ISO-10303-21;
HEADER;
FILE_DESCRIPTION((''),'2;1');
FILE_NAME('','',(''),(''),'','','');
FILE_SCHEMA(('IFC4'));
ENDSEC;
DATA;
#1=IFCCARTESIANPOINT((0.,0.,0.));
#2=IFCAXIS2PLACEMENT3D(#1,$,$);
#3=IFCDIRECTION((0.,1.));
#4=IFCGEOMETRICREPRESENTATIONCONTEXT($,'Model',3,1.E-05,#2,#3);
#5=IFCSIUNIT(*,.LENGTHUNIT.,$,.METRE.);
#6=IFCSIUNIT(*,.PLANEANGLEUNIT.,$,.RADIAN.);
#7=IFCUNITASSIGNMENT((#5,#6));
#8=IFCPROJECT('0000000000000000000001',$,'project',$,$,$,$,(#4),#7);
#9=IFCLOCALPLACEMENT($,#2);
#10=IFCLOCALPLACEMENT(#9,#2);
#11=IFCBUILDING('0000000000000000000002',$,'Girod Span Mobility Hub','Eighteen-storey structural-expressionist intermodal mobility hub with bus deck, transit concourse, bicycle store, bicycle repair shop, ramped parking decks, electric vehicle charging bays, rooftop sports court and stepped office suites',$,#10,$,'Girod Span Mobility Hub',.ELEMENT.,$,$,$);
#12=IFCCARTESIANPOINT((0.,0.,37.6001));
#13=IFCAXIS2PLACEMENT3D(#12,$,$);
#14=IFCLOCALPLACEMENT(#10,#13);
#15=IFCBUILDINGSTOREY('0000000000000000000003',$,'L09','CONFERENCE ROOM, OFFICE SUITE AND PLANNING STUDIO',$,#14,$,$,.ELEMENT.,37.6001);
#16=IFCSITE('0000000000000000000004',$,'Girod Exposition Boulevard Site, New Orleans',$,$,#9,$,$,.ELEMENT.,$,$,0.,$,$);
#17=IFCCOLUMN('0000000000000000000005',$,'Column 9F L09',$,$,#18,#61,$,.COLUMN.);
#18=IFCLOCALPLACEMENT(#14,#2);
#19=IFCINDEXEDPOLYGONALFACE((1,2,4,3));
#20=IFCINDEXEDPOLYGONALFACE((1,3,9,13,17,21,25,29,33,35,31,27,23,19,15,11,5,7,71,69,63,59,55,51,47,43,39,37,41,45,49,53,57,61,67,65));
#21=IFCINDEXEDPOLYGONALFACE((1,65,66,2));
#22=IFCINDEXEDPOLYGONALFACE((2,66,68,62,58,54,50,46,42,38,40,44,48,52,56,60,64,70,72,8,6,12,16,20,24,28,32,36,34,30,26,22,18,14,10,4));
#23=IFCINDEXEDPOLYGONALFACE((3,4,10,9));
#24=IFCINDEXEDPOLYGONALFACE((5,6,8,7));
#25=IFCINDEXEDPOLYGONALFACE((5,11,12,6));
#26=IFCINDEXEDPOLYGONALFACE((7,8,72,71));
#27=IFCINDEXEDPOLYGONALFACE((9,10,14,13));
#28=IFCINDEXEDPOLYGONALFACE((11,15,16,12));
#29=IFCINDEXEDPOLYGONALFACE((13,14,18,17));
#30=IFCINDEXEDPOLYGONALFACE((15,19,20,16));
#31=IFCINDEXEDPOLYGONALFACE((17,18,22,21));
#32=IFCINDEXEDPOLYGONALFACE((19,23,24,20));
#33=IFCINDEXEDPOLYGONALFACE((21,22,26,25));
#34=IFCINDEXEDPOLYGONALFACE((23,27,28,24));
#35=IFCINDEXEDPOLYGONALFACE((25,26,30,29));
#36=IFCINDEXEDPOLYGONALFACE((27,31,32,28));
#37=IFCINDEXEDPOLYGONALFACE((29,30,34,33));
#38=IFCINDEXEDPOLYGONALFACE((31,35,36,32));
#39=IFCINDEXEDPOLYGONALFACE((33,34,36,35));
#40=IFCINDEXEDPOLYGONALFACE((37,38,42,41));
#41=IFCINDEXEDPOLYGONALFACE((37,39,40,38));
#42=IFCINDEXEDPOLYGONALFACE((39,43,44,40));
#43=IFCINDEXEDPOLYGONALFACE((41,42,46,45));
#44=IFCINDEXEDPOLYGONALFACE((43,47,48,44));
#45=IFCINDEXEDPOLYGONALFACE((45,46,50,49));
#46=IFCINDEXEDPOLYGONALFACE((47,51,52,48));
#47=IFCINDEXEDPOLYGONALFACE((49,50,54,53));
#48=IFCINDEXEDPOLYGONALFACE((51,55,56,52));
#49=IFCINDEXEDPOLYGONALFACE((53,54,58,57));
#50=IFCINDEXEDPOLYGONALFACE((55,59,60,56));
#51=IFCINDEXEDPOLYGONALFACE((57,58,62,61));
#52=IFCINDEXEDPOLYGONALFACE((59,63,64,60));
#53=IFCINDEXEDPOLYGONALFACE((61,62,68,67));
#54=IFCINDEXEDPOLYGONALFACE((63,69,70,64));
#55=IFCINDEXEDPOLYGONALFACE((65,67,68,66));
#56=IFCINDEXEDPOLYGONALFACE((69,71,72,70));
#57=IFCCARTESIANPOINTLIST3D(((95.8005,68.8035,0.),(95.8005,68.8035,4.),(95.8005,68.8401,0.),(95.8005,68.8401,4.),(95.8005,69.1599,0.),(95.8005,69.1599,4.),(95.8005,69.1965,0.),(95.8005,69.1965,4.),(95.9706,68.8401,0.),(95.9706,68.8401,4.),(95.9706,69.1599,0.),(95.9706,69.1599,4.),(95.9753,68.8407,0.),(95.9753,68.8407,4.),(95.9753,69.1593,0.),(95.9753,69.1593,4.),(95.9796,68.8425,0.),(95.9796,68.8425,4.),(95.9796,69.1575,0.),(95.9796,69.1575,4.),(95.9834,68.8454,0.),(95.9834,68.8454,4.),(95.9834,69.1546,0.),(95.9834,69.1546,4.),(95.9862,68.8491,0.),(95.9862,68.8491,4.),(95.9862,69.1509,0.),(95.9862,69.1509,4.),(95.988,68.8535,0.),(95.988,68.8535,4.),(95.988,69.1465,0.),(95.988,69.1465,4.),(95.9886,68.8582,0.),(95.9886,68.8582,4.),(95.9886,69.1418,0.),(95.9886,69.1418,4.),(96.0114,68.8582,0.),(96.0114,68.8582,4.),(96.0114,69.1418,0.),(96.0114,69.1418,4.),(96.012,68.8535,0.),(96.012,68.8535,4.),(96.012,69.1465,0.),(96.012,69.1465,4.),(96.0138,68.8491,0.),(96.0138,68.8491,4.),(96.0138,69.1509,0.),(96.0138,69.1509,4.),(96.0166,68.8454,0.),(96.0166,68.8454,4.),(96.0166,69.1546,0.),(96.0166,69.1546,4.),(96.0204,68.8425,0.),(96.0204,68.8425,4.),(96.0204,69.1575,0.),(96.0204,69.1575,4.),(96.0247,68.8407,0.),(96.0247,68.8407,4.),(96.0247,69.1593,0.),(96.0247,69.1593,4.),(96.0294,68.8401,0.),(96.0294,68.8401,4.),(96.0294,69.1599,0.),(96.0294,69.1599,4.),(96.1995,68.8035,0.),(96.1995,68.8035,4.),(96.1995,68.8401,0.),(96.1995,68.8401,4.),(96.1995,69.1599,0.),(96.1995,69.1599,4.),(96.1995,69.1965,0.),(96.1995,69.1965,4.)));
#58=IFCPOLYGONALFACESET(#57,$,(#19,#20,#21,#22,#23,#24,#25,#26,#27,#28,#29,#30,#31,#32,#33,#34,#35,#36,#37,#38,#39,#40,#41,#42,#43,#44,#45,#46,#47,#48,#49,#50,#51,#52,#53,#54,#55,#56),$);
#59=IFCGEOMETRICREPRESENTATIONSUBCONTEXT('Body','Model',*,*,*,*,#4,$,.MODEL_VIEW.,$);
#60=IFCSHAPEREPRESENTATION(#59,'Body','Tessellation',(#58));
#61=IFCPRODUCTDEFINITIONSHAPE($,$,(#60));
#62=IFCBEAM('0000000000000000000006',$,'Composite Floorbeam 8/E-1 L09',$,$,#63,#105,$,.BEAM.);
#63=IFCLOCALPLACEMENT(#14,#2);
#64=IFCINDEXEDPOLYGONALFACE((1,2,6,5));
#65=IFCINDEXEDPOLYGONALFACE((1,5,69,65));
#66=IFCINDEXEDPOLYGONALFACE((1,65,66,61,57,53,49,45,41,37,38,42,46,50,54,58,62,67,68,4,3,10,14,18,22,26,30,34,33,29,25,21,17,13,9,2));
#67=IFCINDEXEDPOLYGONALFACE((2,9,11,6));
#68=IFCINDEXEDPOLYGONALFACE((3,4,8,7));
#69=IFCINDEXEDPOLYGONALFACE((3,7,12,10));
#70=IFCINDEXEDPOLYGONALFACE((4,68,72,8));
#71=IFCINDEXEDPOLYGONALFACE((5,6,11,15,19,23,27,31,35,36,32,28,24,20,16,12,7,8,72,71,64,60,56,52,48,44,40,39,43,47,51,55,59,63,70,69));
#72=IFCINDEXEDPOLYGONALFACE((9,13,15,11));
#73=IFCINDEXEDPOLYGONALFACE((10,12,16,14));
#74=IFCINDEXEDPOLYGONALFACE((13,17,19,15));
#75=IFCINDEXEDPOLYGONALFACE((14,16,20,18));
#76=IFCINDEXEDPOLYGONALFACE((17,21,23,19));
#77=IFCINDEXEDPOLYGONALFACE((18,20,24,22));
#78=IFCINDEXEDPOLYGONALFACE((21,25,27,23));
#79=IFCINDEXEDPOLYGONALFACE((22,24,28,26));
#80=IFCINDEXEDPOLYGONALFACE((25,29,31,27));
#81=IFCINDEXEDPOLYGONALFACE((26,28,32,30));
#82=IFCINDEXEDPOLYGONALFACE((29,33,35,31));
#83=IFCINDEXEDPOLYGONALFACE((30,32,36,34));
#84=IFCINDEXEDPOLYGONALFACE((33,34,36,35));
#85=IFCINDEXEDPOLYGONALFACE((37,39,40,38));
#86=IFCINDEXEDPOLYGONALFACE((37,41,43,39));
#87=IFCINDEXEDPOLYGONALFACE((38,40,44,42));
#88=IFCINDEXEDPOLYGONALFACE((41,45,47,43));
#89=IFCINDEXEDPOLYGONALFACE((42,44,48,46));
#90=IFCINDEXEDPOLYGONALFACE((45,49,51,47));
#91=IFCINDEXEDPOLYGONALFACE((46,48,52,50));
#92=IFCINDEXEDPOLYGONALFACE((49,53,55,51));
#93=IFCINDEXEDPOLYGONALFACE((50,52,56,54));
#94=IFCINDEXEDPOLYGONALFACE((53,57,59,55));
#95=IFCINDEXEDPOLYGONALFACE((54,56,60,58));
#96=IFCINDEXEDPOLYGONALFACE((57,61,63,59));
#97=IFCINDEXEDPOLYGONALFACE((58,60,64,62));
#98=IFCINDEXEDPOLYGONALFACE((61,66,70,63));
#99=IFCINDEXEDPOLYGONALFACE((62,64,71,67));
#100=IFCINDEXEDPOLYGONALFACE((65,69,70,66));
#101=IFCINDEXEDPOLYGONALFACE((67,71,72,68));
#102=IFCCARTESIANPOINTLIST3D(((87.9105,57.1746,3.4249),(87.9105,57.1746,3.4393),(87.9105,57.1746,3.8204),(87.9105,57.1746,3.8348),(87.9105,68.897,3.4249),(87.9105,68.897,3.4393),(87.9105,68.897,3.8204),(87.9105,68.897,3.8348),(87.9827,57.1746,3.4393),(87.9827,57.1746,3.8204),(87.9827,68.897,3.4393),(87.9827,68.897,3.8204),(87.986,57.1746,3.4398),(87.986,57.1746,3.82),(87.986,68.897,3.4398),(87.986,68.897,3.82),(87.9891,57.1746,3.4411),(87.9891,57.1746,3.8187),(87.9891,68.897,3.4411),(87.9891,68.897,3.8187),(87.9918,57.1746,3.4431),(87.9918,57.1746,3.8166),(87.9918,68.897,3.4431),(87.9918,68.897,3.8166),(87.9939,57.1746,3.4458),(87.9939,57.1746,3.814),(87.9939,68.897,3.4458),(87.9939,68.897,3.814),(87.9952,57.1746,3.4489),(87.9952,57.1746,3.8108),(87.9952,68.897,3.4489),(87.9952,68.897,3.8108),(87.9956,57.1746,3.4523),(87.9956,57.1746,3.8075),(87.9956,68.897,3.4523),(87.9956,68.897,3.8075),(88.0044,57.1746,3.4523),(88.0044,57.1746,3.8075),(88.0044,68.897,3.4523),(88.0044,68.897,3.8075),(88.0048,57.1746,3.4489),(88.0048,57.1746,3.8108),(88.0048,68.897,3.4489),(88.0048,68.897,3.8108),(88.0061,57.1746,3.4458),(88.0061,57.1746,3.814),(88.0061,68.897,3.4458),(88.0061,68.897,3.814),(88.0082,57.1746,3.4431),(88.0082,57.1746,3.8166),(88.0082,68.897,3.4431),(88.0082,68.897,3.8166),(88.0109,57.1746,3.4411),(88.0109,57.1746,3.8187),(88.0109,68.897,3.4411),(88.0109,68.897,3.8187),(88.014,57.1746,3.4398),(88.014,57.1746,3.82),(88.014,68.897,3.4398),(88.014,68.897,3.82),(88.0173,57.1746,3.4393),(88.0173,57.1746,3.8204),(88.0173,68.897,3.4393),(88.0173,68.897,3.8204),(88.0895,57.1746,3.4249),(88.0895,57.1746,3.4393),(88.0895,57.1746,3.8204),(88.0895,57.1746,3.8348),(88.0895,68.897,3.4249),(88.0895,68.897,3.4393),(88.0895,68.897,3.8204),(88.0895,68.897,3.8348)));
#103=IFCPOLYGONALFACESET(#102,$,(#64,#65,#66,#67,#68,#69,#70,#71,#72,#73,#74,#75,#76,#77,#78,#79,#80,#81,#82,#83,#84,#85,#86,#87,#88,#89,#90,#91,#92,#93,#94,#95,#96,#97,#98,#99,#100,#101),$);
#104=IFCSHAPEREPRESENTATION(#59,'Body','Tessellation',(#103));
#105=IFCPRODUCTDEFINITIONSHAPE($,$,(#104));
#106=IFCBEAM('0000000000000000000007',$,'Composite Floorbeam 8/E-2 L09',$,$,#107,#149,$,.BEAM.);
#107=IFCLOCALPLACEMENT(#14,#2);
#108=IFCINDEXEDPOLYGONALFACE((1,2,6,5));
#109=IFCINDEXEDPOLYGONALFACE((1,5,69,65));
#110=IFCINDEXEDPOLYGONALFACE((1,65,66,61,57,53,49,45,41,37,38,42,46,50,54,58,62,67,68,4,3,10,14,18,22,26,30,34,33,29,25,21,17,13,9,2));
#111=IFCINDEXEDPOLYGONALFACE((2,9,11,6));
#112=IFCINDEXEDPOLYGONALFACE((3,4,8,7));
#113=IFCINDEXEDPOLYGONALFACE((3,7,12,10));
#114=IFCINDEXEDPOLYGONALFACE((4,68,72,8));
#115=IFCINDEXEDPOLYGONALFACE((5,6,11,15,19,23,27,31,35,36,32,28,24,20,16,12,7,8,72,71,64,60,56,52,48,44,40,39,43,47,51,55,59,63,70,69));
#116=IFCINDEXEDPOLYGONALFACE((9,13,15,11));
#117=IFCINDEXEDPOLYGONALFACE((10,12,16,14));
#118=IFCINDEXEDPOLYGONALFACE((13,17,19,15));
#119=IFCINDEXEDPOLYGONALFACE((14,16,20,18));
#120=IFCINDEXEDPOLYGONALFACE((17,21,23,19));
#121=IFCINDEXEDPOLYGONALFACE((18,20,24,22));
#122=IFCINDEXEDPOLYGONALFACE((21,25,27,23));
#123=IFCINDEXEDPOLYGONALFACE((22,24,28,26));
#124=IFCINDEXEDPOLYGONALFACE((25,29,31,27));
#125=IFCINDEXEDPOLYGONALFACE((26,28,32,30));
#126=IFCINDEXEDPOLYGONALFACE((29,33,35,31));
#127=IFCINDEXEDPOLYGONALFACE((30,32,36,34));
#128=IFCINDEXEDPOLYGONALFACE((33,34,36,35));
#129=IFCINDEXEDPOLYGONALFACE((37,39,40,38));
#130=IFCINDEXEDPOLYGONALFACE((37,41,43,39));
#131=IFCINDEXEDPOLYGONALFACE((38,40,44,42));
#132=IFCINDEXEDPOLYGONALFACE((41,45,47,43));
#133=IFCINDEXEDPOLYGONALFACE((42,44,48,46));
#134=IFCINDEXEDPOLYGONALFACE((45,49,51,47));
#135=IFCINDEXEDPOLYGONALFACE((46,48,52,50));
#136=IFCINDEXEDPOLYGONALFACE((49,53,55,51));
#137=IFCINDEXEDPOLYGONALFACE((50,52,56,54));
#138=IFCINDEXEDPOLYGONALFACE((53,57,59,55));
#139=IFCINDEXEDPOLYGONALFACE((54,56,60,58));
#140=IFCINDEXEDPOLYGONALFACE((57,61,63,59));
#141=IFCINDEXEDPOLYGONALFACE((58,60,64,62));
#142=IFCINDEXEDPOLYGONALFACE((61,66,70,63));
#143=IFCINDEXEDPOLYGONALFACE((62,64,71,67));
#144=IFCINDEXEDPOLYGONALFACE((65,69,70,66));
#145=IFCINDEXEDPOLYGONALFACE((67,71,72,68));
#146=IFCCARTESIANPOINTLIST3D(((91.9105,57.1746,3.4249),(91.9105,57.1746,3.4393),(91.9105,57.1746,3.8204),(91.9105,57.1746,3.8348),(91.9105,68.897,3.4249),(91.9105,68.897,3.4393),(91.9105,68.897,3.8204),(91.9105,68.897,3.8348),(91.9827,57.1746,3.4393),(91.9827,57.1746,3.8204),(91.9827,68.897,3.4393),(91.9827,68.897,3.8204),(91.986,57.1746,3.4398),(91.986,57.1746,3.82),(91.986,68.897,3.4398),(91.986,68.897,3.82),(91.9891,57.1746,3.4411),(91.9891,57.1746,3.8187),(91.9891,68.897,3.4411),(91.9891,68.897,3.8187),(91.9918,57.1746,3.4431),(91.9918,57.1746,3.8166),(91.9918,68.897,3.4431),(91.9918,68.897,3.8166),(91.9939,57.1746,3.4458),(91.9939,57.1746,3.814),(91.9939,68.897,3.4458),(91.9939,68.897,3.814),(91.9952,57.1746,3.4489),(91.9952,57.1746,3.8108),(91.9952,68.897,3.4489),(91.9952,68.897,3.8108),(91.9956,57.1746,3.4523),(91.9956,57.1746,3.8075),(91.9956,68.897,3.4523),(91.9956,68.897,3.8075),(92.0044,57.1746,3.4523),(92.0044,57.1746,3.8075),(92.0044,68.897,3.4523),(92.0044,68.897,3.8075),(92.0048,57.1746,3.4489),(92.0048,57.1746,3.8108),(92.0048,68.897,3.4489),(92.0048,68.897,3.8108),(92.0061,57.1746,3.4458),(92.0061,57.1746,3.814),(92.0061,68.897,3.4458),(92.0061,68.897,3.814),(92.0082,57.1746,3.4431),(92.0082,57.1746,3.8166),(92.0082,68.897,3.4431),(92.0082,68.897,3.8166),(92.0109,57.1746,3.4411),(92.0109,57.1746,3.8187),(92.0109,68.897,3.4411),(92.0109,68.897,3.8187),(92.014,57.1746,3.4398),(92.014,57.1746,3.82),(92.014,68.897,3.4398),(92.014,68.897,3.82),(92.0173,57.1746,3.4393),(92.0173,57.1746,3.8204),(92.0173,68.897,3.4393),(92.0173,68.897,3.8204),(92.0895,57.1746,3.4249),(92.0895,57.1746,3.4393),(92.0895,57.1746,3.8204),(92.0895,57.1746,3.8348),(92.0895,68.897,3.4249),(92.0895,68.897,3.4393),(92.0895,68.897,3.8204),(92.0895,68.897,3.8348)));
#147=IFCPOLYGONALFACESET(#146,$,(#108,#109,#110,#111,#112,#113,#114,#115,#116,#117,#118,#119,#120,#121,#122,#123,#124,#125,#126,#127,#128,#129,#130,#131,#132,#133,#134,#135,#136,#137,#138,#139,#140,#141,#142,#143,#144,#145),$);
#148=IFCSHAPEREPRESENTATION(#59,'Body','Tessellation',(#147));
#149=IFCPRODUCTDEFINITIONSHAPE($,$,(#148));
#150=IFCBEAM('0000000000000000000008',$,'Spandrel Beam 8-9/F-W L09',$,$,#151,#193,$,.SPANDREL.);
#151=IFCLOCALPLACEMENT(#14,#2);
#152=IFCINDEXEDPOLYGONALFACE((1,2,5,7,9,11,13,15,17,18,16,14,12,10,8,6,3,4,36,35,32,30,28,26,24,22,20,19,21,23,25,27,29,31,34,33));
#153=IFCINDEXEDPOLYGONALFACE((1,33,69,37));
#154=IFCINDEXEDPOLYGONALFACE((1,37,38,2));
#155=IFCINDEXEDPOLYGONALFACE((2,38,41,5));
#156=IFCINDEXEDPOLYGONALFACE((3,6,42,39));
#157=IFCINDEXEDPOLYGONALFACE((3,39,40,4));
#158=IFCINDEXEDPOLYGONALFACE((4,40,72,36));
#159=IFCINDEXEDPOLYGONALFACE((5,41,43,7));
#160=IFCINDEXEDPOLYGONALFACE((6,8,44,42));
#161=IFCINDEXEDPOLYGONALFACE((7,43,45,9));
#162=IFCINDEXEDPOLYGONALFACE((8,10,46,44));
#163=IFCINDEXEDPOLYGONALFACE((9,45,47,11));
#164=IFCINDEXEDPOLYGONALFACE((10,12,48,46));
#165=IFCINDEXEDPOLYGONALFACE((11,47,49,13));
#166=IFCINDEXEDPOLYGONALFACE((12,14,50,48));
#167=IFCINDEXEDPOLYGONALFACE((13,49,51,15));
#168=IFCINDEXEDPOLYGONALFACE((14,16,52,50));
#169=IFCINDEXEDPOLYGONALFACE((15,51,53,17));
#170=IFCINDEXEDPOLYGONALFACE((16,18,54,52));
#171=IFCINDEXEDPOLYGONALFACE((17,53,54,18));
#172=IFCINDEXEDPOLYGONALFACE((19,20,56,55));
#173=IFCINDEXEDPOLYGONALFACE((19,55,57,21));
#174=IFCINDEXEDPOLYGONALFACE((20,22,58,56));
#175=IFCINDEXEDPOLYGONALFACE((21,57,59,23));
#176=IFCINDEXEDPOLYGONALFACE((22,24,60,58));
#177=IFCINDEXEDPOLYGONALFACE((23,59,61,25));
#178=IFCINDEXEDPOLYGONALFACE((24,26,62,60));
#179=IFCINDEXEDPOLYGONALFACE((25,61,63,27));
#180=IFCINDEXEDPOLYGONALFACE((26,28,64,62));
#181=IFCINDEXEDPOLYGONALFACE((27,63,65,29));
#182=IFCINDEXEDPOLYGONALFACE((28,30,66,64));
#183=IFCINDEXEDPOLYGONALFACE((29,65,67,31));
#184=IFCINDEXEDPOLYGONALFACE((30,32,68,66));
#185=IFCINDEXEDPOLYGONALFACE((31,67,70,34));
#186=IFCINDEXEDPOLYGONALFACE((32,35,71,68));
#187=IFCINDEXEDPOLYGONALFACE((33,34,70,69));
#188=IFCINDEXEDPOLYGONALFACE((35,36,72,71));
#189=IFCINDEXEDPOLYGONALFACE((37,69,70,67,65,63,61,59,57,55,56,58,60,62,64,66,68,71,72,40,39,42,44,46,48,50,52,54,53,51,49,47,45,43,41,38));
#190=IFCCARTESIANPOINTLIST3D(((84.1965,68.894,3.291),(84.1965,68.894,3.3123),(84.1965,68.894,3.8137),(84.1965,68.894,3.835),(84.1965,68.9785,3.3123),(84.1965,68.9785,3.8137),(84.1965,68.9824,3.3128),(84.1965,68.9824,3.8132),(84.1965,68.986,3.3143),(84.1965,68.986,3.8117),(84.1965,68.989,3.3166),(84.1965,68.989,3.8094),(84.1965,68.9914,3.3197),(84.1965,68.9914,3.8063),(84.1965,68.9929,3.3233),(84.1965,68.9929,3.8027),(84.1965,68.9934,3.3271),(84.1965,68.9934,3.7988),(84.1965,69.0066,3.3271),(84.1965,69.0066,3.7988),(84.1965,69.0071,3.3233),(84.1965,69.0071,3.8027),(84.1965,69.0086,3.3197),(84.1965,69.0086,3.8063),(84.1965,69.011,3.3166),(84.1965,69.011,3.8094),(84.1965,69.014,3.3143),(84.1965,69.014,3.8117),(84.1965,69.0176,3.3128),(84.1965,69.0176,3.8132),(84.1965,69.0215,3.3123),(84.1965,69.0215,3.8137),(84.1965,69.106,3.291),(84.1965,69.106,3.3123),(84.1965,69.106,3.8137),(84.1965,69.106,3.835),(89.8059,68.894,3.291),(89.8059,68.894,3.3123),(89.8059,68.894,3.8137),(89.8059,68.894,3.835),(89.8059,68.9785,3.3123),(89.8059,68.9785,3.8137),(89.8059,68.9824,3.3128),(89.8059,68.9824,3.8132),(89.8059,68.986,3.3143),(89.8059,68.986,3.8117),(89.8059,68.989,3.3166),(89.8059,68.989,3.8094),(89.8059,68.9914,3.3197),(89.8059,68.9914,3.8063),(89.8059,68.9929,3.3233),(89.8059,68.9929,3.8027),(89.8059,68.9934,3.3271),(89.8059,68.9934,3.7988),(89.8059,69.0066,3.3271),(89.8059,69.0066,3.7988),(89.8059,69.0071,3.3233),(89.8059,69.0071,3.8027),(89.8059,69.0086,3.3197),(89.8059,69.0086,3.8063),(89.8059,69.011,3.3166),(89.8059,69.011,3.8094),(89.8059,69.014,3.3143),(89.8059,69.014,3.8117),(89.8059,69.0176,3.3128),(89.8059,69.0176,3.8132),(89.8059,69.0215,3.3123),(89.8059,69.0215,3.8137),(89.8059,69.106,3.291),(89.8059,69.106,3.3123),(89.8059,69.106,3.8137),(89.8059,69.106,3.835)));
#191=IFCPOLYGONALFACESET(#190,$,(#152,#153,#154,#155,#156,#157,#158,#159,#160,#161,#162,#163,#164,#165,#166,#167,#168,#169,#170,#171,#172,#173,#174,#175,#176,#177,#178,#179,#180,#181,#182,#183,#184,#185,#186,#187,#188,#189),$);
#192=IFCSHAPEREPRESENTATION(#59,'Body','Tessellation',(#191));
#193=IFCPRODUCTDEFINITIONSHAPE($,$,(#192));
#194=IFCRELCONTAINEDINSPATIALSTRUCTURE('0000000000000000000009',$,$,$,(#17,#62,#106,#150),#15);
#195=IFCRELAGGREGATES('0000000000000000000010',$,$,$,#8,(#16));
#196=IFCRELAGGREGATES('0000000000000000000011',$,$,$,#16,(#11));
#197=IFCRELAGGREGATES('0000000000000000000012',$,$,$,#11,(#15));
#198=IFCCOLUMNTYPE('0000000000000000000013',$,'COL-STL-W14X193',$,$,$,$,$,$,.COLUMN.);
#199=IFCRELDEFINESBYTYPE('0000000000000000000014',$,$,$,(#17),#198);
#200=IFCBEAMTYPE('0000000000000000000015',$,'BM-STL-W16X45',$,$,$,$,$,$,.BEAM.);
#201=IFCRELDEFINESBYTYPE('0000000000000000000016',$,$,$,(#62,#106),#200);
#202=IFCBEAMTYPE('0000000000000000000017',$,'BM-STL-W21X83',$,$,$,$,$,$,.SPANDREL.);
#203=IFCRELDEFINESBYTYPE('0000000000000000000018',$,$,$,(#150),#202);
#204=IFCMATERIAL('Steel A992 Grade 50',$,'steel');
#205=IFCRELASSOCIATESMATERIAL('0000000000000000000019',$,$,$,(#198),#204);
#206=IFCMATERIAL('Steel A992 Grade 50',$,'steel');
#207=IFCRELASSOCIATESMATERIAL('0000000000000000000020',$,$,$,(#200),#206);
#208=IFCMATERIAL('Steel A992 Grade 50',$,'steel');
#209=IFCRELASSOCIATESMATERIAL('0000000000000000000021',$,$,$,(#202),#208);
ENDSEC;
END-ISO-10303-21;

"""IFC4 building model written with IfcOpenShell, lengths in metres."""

from ifc_helpers import new_model, si_unit, direction, frame, origin, origin_2d, place, context, subcontext, project, spatial, i_section, extrude, material, material_profile, profile_set, type_object, element, save


model = new_model("IFC4")

# Units and contexts
model_context = context("Model", 3, precision=1e-05, world=origin(), true_north=direction((0.0, 1.0)))
body_context = subcontext(model_context, "Body", "Model", "MODEL_VIEW")
ifc_project = project(units=[si_unit("LENGTHUNIT", "METRE"), si_unit("PLANEANGLEUNIT", "RADIAN")], contexts=[model_context])

# Site, building, storey
site_placement = place(None, origin())
site = spatial("IfcSite", under=ifc_project, at=site_placement, Name="Girod Exposition Boulevard Site, New Orleans", CompositionType="ELEMENT", RefElevation=0.0)
building_placement = place(site_placement, origin())
building = spatial("IfcBuilding", under=site, at=building_placement, Name="Girod Span Mobility Hub", Description="Eighteen-storey structural-expressionist intermodal mobility hub with bus deck, transit concourse, bicycle store, bicycle repair shop, ramped parking decks, electric vehicle charging bays, rooftop sports court and stepped office suites", LongName="Girod Span Mobility Hub", CompositionType="ELEMENT")
storey_placement = place(building_placement, frame((0.0, 0.0, 37.6001)))
storey = spatial("IfcBuildingStorey", under=building, at=storey_placement, Name="L09", Description="CONFERENCE ROOM, OFFICE SUITE AND PLANNING STUDIO", CompositionType="ELEMENT", Elevation=37.6001)

# Column
ifc_material_1 = material(Name="Steel A992 Grade 50", Category="steel")
ifc_material_profile_1 = material_profile(ifc_material_1, i_section(OverallWidth=0.3989, OverallDepth=0.3931, WebThickness=0.0227, FlangeThickness=0.0366, FilletRadius=0.0181, at=origin_2d()), Name="W14X193")
ifc_profile_set_1 = profile_set([ifc_material_profile_1], Name="Steel A992 Grade 50")
column_type_1 = type_object("IfcColumnType", Name="COL-STL-W14X193", PredefinedType="COLUMN", material=ifc_profile_set_1)
for number, where, z_axis, x_axis, name in (
    (1, (96.0, 69.0, 0.0), (0.0, 0.0, 1.0), (1.0, 0.0, 0.0), "Column 9F L09"),
):
    element("IfcColumn", number, at=place(storey_placement, frame(where, z_axis=z_axis, x_axis=x_axis)), inside=storey, type_object=column_type_1, Name=name, PredefinedType="COLUMN", context=body_context, shape_type="SweptSolid", body=[
        extrude(i_section(OverallWidth=0.3989, OverallDepth=0.3931, WebThickness=0.0227, FlangeThickness=0.0366, FilletRadius=0.0181, at=origin_2d()), origin(), (0.0, 0.0, 1.0), 4.0),
    ])

# Beams
ifc_material_2 = material(Name="Steel A992 Grade 50", Category="steel")
ifc_material_profile_2 = material_profile(ifc_material_2, i_section(OverallWidth=0.179, OverallDepth=0.4099, WebThickness=0.0088, FlangeThickness=0.0144, FilletRadius=0.0129, at=origin_2d()), Name="W16X45")
ifc_profile_set_2 = profile_set([ifc_material_profile_2], Name="Steel A992 Grade 50")
beam_type_1 = type_object("IfcBeamType", Name="BM-STL-W16X45", PredefinedType="BEAM", material=ifc_profile_set_2)
for number, where, z_axis, x_axis, name in (
    (2, (88.0, 57.1746, 3.6299), (0.0, 1.0, 0.0), (-1.0, 0.0, 0.0), "Composite Floorbeam 8/E-1 L09"),
    (3, (92.0, 57.1746, 3.6299), (0.0, 1.0, 0.0), (-1.0, 0.0, 0.0), "Composite Floorbeam 8/E-2 L09"),
):
    element("IfcBeam", number, at=place(storey_placement, frame(where, z_axis=z_axis, x_axis=x_axis)), inside=storey, type_object=beam_type_1, Name=name, PredefinedType="BEAM", context=body_context, shape_type="SweptSolid", body=[
        extrude(i_section(OverallWidth=0.179, OverallDepth=0.4099, WebThickness=0.0088, FlangeThickness=0.0144, FilletRadius=0.0129, at=origin_2d()), origin(), (0.0, 0.0, 1.0), 11.7224),
    ])
ifc_material_3 = material(Name="Steel A992 Grade 50", Category="steel")
ifc_material_profile_3 = material_profile(ifc_material_3, i_section(OverallWidth=0.2119, OverallDepth=0.5439, WebThickness=0.0132, FlangeThickness=0.0212, FilletRadius=0.0149, at=origin_2d()), Name="W21X83")
ifc_profile_set_3 = profile_set([ifc_material_profile_3], Name="Steel A992 Grade 50")
beam_type_2 = type_object("IfcBeamType", Name="BM-STL-W21X83", PredefinedType="SPANDREL", material=ifc_profile_set_3)
for number, where, z_axis, x_axis, name in (
    (4, (84.1965, 69.0, 3.563), (1.0, 0.0, 0.0), (0.0, 1.0, 0.0), "Spandrel Beam 8-9/F-W L09"),
):
    element("IfcBeam", number, at=place(storey_placement, frame(where, z_axis=z_axis, x_axis=x_axis)), inside=storey, type_object=beam_type_2, Name=name, PredefinedType="SPANDREL", context=body_context, shape_type="SweptSolid", body=[
        extrude(i_section(OverallWidth=0.2119, OverallDepth=0.5439, WebThickness=0.0132, FlangeThickness=0.0212, FilletRadius=0.0149, at=origin_2d()), origin(), (0.0, 0.0, 1.0), 5.6094),
    ])

save(model, "model.ifc")
